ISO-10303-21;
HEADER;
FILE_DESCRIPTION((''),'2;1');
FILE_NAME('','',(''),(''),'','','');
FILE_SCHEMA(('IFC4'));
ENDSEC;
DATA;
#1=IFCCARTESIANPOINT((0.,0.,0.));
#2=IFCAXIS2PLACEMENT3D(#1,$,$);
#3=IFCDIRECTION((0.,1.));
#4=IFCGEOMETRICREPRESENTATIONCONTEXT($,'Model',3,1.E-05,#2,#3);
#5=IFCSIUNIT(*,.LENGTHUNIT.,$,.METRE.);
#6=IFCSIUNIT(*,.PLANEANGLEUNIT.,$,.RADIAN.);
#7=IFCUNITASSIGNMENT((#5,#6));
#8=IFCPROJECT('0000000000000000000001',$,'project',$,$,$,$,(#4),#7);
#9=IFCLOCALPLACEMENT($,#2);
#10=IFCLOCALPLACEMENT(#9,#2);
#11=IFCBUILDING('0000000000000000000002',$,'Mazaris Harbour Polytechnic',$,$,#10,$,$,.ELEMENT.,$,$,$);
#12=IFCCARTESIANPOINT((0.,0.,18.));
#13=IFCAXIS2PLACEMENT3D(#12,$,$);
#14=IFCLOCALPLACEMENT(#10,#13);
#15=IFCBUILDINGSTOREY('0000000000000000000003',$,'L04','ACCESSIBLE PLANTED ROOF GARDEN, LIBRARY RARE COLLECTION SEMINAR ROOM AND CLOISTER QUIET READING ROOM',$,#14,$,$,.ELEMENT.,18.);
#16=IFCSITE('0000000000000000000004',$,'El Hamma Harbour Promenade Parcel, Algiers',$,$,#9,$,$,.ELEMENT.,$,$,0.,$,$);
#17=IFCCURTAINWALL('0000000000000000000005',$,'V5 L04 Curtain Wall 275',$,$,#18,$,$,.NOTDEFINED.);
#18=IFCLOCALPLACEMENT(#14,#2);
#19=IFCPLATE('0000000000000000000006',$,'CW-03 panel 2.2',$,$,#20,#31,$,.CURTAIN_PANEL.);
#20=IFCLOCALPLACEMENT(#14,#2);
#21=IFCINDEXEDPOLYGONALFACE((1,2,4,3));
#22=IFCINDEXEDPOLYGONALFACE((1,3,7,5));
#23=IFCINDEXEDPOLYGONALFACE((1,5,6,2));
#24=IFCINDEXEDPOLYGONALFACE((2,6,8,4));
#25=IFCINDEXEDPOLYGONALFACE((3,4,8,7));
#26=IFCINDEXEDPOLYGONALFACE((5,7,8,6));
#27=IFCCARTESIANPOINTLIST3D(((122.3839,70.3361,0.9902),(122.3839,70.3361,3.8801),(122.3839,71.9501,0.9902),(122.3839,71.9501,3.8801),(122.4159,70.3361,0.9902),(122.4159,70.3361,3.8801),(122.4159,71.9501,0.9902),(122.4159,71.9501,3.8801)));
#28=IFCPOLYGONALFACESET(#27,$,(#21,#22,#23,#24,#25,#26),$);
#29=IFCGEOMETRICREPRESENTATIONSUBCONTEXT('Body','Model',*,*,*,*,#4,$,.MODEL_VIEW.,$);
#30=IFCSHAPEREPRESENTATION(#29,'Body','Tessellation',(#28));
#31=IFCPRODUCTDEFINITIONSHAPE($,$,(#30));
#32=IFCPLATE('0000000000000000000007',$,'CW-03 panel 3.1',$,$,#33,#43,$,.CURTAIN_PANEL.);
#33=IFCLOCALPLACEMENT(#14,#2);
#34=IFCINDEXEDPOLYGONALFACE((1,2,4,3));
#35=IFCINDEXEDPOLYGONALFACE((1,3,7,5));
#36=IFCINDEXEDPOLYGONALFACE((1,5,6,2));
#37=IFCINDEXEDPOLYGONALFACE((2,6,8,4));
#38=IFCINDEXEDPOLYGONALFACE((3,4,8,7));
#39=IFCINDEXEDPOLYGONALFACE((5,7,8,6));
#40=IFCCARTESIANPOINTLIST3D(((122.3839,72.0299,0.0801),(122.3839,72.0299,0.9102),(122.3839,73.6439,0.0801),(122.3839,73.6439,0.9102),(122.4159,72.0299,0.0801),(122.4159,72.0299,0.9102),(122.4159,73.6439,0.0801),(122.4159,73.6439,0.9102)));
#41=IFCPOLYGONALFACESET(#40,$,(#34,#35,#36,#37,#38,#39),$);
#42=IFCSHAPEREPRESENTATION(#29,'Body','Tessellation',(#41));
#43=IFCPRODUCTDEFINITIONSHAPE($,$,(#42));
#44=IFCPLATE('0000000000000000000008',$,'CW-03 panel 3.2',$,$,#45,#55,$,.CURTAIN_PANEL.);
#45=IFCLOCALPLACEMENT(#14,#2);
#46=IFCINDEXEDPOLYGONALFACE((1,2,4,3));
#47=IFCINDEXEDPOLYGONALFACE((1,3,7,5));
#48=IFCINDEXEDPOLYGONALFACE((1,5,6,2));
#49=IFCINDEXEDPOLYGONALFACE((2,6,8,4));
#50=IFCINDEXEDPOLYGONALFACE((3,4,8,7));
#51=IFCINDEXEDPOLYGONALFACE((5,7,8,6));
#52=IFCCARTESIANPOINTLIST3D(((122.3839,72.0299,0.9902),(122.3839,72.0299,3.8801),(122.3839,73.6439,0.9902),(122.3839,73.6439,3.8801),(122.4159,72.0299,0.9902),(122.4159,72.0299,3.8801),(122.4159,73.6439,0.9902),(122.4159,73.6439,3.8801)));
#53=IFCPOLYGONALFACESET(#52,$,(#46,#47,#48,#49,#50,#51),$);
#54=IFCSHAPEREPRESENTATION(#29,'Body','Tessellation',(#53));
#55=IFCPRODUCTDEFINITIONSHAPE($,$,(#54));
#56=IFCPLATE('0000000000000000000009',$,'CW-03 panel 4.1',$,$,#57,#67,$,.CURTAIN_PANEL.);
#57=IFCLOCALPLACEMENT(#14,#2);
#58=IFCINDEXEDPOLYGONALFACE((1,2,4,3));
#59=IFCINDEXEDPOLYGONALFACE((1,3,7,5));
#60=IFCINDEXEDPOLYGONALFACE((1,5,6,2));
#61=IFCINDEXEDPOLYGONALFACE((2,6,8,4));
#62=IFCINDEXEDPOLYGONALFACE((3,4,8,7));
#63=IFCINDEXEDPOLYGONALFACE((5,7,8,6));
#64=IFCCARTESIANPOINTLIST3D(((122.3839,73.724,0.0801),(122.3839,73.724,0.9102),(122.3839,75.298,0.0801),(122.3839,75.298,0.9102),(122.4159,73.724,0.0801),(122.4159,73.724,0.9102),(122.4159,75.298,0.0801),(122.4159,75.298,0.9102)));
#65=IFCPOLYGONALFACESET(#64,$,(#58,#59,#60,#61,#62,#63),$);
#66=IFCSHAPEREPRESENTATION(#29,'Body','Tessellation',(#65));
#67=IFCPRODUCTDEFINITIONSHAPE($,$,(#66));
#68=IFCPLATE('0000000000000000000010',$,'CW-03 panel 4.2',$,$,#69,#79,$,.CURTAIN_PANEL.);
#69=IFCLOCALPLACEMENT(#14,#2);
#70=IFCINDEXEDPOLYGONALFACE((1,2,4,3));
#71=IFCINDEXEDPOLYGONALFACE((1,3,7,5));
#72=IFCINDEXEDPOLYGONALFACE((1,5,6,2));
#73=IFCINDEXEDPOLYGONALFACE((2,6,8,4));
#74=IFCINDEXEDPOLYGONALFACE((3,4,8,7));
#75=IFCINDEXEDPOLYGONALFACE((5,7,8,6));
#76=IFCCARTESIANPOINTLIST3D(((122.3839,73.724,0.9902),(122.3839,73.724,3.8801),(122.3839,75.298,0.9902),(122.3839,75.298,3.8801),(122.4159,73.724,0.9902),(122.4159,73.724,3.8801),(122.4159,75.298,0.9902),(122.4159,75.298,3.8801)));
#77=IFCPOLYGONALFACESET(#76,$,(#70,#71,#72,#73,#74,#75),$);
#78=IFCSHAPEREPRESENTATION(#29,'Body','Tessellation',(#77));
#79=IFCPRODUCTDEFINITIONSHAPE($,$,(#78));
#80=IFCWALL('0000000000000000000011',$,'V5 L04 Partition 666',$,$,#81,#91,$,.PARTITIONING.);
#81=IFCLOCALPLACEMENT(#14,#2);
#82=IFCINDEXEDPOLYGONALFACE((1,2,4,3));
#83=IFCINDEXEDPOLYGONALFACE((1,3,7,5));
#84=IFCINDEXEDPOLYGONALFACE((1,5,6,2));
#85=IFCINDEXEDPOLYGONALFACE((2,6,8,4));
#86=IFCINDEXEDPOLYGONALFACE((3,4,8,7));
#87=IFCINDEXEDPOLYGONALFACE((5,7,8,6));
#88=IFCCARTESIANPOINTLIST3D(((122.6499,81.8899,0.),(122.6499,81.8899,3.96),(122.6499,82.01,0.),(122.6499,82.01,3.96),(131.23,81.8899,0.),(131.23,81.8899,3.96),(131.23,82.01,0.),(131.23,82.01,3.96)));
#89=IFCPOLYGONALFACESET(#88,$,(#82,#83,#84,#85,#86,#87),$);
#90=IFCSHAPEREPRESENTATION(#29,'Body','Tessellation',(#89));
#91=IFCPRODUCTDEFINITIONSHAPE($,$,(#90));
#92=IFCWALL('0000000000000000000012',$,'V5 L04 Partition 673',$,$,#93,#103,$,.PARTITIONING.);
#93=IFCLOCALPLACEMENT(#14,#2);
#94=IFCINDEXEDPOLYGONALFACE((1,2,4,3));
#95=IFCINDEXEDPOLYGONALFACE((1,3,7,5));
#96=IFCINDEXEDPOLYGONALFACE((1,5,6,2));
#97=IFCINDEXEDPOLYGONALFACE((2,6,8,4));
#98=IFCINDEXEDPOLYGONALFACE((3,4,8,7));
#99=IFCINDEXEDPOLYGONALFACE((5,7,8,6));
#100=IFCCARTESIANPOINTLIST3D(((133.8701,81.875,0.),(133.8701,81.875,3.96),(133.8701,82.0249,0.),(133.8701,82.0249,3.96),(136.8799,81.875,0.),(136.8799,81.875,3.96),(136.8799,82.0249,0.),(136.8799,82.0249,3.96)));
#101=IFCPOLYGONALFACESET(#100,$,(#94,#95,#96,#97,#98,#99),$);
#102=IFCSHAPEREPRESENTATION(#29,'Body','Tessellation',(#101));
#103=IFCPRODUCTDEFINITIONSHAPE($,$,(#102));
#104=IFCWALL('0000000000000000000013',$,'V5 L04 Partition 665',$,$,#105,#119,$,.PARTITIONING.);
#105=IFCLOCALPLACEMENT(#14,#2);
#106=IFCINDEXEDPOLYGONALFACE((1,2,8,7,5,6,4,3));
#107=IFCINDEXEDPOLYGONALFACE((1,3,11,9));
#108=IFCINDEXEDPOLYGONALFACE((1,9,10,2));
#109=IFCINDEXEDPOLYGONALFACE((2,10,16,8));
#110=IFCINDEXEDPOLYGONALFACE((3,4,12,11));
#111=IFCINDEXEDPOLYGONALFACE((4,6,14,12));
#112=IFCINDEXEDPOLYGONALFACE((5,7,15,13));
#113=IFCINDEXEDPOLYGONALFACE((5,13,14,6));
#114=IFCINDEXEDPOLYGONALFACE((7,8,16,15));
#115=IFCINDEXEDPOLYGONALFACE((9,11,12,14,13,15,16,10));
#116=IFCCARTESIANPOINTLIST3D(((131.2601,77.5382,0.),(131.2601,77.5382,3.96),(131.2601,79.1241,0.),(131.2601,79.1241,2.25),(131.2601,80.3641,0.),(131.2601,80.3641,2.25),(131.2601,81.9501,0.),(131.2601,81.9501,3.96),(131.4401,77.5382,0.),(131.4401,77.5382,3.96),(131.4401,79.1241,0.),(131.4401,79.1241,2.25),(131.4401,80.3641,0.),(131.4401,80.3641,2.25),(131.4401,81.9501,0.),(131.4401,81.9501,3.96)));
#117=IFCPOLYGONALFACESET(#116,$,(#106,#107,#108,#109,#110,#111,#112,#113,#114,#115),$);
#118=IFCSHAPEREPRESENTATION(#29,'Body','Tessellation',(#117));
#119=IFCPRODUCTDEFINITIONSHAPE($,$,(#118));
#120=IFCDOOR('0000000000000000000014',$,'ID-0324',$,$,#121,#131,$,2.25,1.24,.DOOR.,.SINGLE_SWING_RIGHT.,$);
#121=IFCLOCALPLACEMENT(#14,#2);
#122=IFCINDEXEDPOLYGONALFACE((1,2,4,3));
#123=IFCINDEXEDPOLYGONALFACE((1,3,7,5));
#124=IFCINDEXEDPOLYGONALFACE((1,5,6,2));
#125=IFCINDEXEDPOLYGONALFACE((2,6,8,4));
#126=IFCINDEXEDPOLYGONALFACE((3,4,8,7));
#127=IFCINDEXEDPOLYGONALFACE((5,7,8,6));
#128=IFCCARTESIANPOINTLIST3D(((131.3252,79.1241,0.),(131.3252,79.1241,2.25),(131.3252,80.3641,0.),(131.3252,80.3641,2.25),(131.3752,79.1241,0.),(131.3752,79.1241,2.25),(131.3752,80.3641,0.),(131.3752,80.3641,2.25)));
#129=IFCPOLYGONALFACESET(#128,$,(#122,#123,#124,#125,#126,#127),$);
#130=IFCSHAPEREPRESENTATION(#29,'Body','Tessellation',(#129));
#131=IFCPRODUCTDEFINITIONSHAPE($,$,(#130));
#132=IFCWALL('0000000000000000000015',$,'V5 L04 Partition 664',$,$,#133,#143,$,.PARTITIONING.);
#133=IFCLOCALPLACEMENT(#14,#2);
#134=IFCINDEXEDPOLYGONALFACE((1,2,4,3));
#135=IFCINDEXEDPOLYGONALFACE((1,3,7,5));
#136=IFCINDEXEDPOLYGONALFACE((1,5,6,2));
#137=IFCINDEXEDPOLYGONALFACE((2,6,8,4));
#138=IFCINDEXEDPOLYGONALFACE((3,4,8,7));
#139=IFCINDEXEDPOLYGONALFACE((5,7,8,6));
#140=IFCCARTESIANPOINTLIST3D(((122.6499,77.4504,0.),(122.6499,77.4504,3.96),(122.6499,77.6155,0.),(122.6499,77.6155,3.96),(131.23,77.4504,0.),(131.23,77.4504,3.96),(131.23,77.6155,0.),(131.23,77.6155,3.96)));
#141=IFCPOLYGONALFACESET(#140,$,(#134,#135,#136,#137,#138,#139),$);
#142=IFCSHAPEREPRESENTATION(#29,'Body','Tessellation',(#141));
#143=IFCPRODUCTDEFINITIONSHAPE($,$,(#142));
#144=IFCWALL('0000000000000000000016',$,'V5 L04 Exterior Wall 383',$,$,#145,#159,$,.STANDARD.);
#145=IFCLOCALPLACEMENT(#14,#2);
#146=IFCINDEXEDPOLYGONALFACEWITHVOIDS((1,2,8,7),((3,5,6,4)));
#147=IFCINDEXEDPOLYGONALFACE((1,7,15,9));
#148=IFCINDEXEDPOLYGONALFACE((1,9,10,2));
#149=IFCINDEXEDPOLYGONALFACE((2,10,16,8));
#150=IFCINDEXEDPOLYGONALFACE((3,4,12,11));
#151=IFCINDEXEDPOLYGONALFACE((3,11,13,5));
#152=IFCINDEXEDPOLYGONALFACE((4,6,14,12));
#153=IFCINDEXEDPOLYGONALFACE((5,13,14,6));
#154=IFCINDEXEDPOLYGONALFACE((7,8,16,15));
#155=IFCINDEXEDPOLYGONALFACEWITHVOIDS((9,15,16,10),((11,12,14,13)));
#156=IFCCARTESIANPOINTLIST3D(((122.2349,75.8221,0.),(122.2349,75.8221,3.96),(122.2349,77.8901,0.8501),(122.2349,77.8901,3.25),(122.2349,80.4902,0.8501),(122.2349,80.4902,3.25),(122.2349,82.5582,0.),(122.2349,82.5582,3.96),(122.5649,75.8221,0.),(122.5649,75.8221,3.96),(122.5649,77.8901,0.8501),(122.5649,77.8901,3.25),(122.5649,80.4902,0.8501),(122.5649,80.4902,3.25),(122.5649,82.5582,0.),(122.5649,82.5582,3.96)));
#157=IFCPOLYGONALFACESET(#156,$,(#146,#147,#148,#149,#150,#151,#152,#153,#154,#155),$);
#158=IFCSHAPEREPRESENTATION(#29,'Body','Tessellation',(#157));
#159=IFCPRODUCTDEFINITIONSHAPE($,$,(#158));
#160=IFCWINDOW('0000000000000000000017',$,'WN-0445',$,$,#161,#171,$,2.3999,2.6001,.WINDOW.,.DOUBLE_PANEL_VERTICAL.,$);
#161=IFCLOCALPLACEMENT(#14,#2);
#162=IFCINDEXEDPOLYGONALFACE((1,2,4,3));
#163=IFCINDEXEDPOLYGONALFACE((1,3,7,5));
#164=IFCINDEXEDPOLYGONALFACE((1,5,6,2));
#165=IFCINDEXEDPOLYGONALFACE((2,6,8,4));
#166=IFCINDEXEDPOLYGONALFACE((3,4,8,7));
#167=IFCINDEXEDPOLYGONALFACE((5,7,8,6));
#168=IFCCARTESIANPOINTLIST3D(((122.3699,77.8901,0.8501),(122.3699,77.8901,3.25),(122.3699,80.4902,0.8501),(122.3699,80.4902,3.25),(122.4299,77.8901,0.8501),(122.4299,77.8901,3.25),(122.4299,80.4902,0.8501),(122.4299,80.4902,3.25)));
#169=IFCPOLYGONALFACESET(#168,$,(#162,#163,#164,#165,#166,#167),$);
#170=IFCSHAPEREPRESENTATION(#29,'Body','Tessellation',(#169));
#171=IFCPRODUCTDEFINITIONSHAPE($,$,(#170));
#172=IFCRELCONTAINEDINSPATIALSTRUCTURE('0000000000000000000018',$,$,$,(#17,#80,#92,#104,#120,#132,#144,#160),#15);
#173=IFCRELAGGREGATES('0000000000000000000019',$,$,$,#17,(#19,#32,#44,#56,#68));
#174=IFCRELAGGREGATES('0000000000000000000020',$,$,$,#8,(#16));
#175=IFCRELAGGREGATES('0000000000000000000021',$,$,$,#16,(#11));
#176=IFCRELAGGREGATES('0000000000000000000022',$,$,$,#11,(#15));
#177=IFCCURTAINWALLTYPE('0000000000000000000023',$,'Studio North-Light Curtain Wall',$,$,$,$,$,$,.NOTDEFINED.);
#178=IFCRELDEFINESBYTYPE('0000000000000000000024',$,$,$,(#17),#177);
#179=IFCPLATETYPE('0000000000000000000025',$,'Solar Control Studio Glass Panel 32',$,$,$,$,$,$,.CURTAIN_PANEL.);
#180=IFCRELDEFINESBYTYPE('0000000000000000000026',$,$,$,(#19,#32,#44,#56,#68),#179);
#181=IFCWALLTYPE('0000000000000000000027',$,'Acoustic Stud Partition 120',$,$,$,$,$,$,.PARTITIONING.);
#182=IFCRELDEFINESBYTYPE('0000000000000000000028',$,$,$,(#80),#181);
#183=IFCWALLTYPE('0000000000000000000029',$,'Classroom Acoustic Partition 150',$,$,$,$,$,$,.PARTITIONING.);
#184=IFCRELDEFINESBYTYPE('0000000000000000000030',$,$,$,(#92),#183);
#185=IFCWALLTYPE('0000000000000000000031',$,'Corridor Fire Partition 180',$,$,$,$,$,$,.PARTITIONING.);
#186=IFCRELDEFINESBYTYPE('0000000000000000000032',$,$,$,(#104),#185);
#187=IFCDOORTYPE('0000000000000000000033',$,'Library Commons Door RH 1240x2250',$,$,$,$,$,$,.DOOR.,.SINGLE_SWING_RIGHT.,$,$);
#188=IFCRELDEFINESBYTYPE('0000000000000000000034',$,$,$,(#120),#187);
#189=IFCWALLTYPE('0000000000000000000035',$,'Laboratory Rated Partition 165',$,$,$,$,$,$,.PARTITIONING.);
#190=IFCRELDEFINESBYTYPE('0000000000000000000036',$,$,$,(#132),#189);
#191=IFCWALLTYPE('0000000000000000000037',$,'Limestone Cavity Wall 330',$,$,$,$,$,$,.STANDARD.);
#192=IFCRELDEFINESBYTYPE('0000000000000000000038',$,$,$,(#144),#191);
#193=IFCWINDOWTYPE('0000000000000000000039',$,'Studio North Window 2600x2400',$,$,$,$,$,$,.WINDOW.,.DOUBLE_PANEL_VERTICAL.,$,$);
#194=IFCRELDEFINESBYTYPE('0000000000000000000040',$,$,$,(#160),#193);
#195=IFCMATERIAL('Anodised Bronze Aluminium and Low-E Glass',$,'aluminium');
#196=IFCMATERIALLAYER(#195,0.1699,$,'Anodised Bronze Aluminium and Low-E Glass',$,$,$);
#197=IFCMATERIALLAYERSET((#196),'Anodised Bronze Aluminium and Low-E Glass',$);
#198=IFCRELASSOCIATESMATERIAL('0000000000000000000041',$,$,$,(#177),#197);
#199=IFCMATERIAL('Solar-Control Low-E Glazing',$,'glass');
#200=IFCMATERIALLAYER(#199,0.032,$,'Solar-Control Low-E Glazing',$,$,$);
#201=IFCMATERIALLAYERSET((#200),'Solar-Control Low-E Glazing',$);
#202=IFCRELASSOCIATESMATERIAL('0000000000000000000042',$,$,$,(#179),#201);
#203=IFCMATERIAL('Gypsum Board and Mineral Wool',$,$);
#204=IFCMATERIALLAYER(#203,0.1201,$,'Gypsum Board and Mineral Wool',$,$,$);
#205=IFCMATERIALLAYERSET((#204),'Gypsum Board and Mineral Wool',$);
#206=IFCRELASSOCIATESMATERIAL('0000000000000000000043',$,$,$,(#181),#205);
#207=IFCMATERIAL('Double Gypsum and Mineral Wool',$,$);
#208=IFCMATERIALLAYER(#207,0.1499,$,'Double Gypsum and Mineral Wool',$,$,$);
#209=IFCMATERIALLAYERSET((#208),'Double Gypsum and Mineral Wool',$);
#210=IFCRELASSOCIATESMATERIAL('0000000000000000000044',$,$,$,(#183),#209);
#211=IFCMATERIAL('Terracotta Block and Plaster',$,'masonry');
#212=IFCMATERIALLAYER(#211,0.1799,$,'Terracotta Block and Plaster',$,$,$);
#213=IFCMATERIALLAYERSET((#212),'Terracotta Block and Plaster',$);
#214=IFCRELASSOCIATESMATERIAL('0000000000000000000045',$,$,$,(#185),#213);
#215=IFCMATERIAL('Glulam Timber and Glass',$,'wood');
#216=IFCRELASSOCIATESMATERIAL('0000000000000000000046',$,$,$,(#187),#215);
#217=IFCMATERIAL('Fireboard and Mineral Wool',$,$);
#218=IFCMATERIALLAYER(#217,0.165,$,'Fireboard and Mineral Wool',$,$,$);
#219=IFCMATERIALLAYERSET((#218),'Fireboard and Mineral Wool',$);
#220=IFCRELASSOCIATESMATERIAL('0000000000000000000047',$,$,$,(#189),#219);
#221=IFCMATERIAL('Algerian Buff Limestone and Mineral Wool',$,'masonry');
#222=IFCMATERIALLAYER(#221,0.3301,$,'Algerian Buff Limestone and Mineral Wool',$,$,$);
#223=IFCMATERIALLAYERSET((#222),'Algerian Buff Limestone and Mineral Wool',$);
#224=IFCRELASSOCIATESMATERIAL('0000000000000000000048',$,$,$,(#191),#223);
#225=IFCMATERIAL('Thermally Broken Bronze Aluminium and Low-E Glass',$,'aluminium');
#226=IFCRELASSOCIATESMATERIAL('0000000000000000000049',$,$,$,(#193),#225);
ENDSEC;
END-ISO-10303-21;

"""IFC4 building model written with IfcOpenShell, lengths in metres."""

from ifc_helpers import new_model, si_unit, direction, frame, frame_2d, origin, origin_2d, place, context, subcontext, project, spatial, rectangle, extrude, material, layer, layer_set, type_object, element, fill, aggregate, save


model = new_model("IFC4")

# Units and contexts
model_context = context("Model", 3, precision=1e-05, world=origin(), true_north=direction((0.0, 1.0)))
body_context = subcontext(model_context, "Body", "Model", "MODEL_VIEW")
ifc_project = project(units=[si_unit("LENGTHUNIT", "METRE"), si_unit("PLANEANGLEUNIT", "RADIAN")], contexts=[model_context])

# Site, building, storey
site_placement = place(None, origin())
site = spatial("IfcSite", under=ifc_project, at=site_placement, Name="El Hamma Harbour Promenade Parcel, Algiers", CompositionType="ELEMENT", RefElevation=0.0)
building_placement = place(site_placement, origin())
building = spatial("IfcBuilding", under=site, at=building_placement, Name="Mazaris Harbour Polytechnic", CompositionType="ELEMENT")
storey_placement = place(building_placement, frame((0.0, 0.0, 18.0)))
storey = spatial("IfcBuildingStorey", under=building, at=storey_placement, Name="L04", Description="ACCESSIBLE PLANTED ROOF GARDEN, LIBRARY RARE COLLECTION SEMINAR ROOM AND CLOISTER QUIET READING ROOM", CompositionType="ELEMENT", Elevation=18.0)

# Curtain wall, plates
ifc_material_1 = material(Name="Anodised Bronze Aluminium and Low-E Glass", Category="aluminium")
ifc_layer_1 = layer(ifc_material_1, 0.1699, Name="Anodised Bronze Aluminium and Low-E Glass")
ifc_layer_set_1 = layer_set([ifc_layer_1], Name="Anodised Bronze Aluminium and Low-E Glass")
curtain_wall_type = type_object("IfcCurtainWallType", Name="Studio North-Light Curtain Wall", PredefinedType="NOTDEFINED", material=ifc_layer_set_1)
curtain_wall_placement = place(storey_placement, origin())
curtain_wall = element("IfcCurtainWall", 1, at=curtain_wall_placement, inside=storey, type_object=curtain_wall_type, Name="V5 L04 Curtain Wall 275", PredefinedType="NOTDEFINED")
ifc_material_2 = material(Name="Solar-Control Low-E Glazing", Category="glass")
ifc_layer_2 = layer(ifc_material_2, 0.032, Name="Solar-Control Low-E Glazing")
ifc_layer_set_2 = layer_set([ifc_layer_2], Name="Solar-Control Low-E Glazing")
plate_type = type_object("IfcPlateType", Name="Solar Control Studio Glass Panel 32", PredefinedType="CURTAIN_PANEL", material=ifc_layer_set_2)
plate_1_placement = place(storey_placement, frame((122.3999, 71.1431, 0.9902), z_axis=(0.0, 0.0, 1.0), x_axis=(0.0, 1.0, 0.0)))
plate_1 = element("IfcPlate", 2, at=plate_1_placement, type_object=plate_type, Name="CW-03 panel 2.2", PredefinedType="CURTAIN_PANEL", context=body_context, shape_type="SweptSolid", body=[
    extrude(rectangle(XDim=1.614, YDim=0.032, at=origin_2d()), origin(), (0.0, 0.0, 1.0), 2.8899),
])
plate_2_placement = place(storey_placement, frame((122.3999, 72.8369, 0.0801), z_axis=(0.0, 0.0, 1.0), x_axis=(0.0, 1.0, 0.0)))
plate_2 = element("IfcPlate", 3, at=plate_2_placement, type_object=plate_type, Name="CW-03 panel 3.1", PredefinedType="CURTAIN_PANEL", context=body_context, shape_type="SweptSolid", body=[
    extrude(rectangle(XDim=1.614, YDim=0.032, at=origin_2d()), origin(), (0.0, 0.0, 1.0), 0.8301),
])
plate_3_placement = place(storey_placement, frame((122.3999, 72.8369, 0.9902), z_axis=(0.0, 0.0, 1.0), x_axis=(0.0, 1.0, 0.0)))
plate_3 = element("IfcPlate", 4, at=plate_3_placement, type_object=plate_type, Name="CW-03 panel 3.2", PredefinedType="CURTAIN_PANEL", context=body_context, shape_type="SweptSolid", body=[
    extrude(rectangle(XDim=1.614, YDim=0.032, at=origin_2d()), origin(), (0.0, 0.0, 1.0), 2.8899),
])
plate_4_placement = place(storey_placement, frame((122.3999, 74.511, 0.0801), z_axis=(0.0, 0.0, 1.0), x_axis=(0.0, 1.0, 0.0)))
plate_4 = element("IfcPlate", 5, at=plate_4_placement, type_object=plate_type, Name="CW-03 panel 4.1", PredefinedType="CURTAIN_PANEL", context=body_context, shape_type="SweptSolid", body=[
    extrude(rectangle(XDim=1.574, YDim=0.032, at=origin_2d()), origin(), (0.0, 0.0, 1.0), 0.8301),
])
plate_5_placement = place(storey_placement, frame((122.3999, 74.511, 0.9902), z_axis=(0.0, 0.0, 1.0), x_axis=(0.0, 1.0, 0.0)))
plate_5 = element("IfcPlate", 6, at=plate_5_placement, type_object=plate_type, Name="CW-03 panel 4.2", PredefinedType="CURTAIN_PANEL", context=body_context, shape_type="SweptSolid", body=[
    extrude(rectangle(XDim=1.574, YDim=0.032, at=origin_2d()), origin(), (0.0, 0.0, 1.0), 2.8899),
])
aggregate(curtain_wall, [plate_1, plate_2, plate_3, plate_4, plate_5])

# Walls
ifc_material_3 = material(Name="Gypsum Board and Mineral Wool")
ifc_layer_3 = layer(ifc_material_3, 0.1201, Name="Gypsum Board and Mineral Wool")
ifc_layer_set_3 = layer_set([ifc_layer_3], Name="Gypsum Board and Mineral Wool")
wall_type_1 = type_object("IfcWallType", Name="Acoustic Stud Partition 120", PredefinedType="PARTITIONING", material=ifc_layer_set_3)
wall_1_placement = place(storey_placement, frame((122.6499, 81.95, 0.0), z_axis=(0.0, 0.0, 1.0), x_axis=(1.0, 0.0, 0.0)))
element("IfcWall", 7, at=wall_1_placement, inside=storey, type_object=wall_type_1, Name="V5 L04 Partition 666", PredefinedType="PARTITIONING", context=body_context, shape_type="SweptSolid", body=[
    extrude(rectangle(XDim=8.5801, YDim=0.1201, at=frame_2d((4.29, 0.0))), origin(), (0.0, 0.0, 1.0), 3.96),
])
ifc_material_4 = material(Name="Double Gypsum and Mineral Wool")
ifc_layer_4 = layer(ifc_material_4, 0.1499, Name="Double Gypsum and Mineral Wool")
ifc_layer_set_4 = layer_set([ifc_layer_4], Name="Double Gypsum and Mineral Wool")
wall_type_2 = type_object("IfcWallType", Name="Classroom Acoustic Partition 150", PredefinedType="PARTITIONING", material=ifc_layer_set_4)
wall_2_placement = place(storey_placement, frame((133.8701, 81.95, 0.0), z_axis=(0.0, 0.0, 1.0), x_axis=(1.0, 0.0, 0.0)))
element("IfcWall", 8, at=wall_2_placement, inside=storey, type_object=wall_type_2, Name="V5 L04 Partition 673", PredefinedType="PARTITIONING", context=body_context, shape_type="SweptSolid", body=[
    extrude(rectangle(XDim=3.0098, YDim=0.1499, at=frame_2d((1.5049, 0.0))), origin(), (0.0, 0.0, 1.0), 3.96),
])

# Wall, opening, door
ifc_material_5 = material(Name="Terracotta Block and Plaster", Category="masonry")
ifc_layer_5 = layer(ifc_material_5, 0.1799, Name="Terracotta Block and Plaster")
ifc_layer_set_5 = layer_set([ifc_layer_5], Name="Terracotta Block and Plaster")
wall_type_3 = type_object("IfcWallType", Name="Corridor Fire Partition 180", PredefinedType="PARTITIONING", material=ifc_layer_set_5)
wall_3_placement = place(storey_placement, frame((131.3501, 77.5381, 0.0), z_axis=(0.0, 0.0, 1.0), x_axis=(0.0, 1.0, 0.0)))
wall_3 = element("IfcWall", 9, at=wall_3_placement, inside=storey, type_object=wall_type_3, Name="V5 L04 Partition 665", PredefinedType="PARTITIONING", context=body_context, shape_type="SweptSolid", body=[
    extrude(rectangle(XDim=4.4119, YDim=0.1799, at=frame_2d((2.2061, 0.0))), origin(), (0.0, 0.0, 1.0), 3.96),
])
opening_1_placement = place(wall_3_placement, frame((1.5859, 0.0, 0.0)))
opening_1 = element("IfcOpeningElement", 10, at=opening_1_placement, cuts=wall_3, PredefinedType="OPENING", context=body_context, shape_type="SweptSolid", body=[
    extrude(rectangle(XDim=1.24, YDim=2.25, at=frame_2d((0.6201, 1.125))), frame((0.0, 0.0999, 0.0), z_axis=(0.0, -1.0, 0.0), x_axis=(1.0, 0.0, 0.0)), (0.0, 0.0, 1.0), 0.2),
])
ifc_material_6 = material(Name="Glulam Timber and Glass", Category="wood")
door_type_1 = type_object("IfcDoorType", Name="Library Commons Door RH 1240x2250", OperationType="SINGLE_SWING_RIGHT", PredefinedType="DOOR", material=ifc_material_6)
door_1_placement = place(opening_1_placement, origin())
door_1 = element("IfcDoor", 11, at=door_1_placement, inside=storey, type_object=door_type_1, Name="ID-0324", OperationType="SINGLE_SWING_RIGHT", OverallHeight=2.25, OverallWidth=1.24, PredefinedType="DOOR", context=body_context, shape_type="SweptSolid", body=[
    extrude(rectangle(XDim=1.24, YDim=2.25, at=frame_2d((0.6201, 1.125))), frame((0.0, 0.0249, 0.0), z_axis=(0.0, -1.0, 0.0), x_axis=(1.0, 0.0, 0.0)), (0.0, 0.0, 1.0), 0.05),
])
fill(opening_1, door_1)

# Wall
ifc_material_7 = material(Name="Fireboard and Mineral Wool")
ifc_layer_6 = layer(ifc_material_7, 0.165, Name="Fireboard and Mineral Wool")
ifc_layer_set_6 = layer_set([ifc_layer_6], Name="Fireboard and Mineral Wool")
wall_type_4 = type_object("IfcWallType", Name="Laboratory Rated Partition 165", PredefinedType="PARTITIONING", material=ifc_layer_set_6)
wall_4_placement = place(storey_placement, frame((122.6499, 77.533, 0.0), z_axis=(0.0, 0.0, 1.0), x_axis=(1.0, 0.0, 0.0)))
element("IfcWall", 12, at=wall_4_placement, inside=storey, type_object=wall_type_4, Name="V5 L04 Partition 664", PredefinedType="PARTITIONING", context=body_context, shape_type="SweptSolid", body=[
    extrude(rectangle(XDim=8.5801, YDim=0.165, at=frame_2d((4.29, 0.0))), origin(), (0.0, 0.0, 1.0), 3.96),
])

# Wall, opening, window
ifc_material_8 = material(Name="Algerian Buff Limestone and Mineral Wool", Category="masonry")
ifc_layer_7 = layer(ifc_material_8, 0.3301, Name="Algerian Buff Limestone and Mineral Wool")
ifc_layer_set_7 = layer_set([ifc_layer_7], Name="Algerian Buff Limestone and Mineral Wool")
wall_type_5 = type_object("IfcWallType", Name="Limestone Cavity Wall 330", PredefinedType="STANDARD", material=ifc_layer_set_7)
wall_5_placement = place(storey_placement, frame((122.3999, 75.822, 0.0), z_axis=(0.0, 0.0, 1.0), x_axis=(0.0, 1.0, 0.0)))
wall_5 = element("IfcWall", 13, at=wall_5_placement, inside=storey, type_object=wall_type_5, Name="V5 L04 Exterior Wall 383", PredefinedType="STANDARD", context=body_context, shape_type="SweptSolid", body=[
    extrude(rectangle(XDim=6.7361, YDim=0.3301, at=frame_2d((3.3682, 0.0))), origin(), (0.0, 0.0, 1.0), 3.96),
])
opening_2_placement = place(wall_5_placement, frame((2.0681, 0.0, 0.8501)))
opening_2 = element("IfcOpeningElement", 14, at=opening_2_placement, cuts=wall_5, PredefinedType="OPENING", context=body_context, shape_type="SweptSolid", body=[
    extrude(rectangle(XDim=2.6001, YDim=2.3999, at=frame_2d((1.3, 1.2))), frame((0.0, 0.175, 0.0), z_axis=(0.0, -1.0, 0.0), x_axis=(1.0, 0.0, 0.0)), (0.0, 0.0, 1.0), 0.3501),
])
ifc_material_9 = material(Name="Thermally Broken Bronze Aluminium and Low-E Glass", Category="aluminium")
window_type = type_object("IfcWindowType", Name="Studio North Window 2600x2400", PartitioningType="DOUBLE_PANEL_VERTICAL", PredefinedType="WINDOW", material=ifc_material_9)
window_placement = place(opening_2_placement, origin())
window = element("IfcWindow", 15, at=window_placement, inside=storey, type_object=window_type, Name="WN-0445", OverallHeight=2.3999, OverallWidth=2.6001, PartitioningType="DOUBLE_PANEL_VERTICAL", PredefinedType="WINDOW", context=body_context, shape_type="SweptSolid", body=[
    extrude(rectangle(XDim=2.6001, YDim=2.3999, at=frame_2d((1.3, 1.2))), frame((0.0, 0.03, 0.0), z_axis=(0.0, -1.0, 0.0), x_axis=(1.0, 0.0, 0.0)), (0.0, 0.0, 1.0), 0.0601),
])
fill(opening_2, window)

save(model, "model.ifc")
